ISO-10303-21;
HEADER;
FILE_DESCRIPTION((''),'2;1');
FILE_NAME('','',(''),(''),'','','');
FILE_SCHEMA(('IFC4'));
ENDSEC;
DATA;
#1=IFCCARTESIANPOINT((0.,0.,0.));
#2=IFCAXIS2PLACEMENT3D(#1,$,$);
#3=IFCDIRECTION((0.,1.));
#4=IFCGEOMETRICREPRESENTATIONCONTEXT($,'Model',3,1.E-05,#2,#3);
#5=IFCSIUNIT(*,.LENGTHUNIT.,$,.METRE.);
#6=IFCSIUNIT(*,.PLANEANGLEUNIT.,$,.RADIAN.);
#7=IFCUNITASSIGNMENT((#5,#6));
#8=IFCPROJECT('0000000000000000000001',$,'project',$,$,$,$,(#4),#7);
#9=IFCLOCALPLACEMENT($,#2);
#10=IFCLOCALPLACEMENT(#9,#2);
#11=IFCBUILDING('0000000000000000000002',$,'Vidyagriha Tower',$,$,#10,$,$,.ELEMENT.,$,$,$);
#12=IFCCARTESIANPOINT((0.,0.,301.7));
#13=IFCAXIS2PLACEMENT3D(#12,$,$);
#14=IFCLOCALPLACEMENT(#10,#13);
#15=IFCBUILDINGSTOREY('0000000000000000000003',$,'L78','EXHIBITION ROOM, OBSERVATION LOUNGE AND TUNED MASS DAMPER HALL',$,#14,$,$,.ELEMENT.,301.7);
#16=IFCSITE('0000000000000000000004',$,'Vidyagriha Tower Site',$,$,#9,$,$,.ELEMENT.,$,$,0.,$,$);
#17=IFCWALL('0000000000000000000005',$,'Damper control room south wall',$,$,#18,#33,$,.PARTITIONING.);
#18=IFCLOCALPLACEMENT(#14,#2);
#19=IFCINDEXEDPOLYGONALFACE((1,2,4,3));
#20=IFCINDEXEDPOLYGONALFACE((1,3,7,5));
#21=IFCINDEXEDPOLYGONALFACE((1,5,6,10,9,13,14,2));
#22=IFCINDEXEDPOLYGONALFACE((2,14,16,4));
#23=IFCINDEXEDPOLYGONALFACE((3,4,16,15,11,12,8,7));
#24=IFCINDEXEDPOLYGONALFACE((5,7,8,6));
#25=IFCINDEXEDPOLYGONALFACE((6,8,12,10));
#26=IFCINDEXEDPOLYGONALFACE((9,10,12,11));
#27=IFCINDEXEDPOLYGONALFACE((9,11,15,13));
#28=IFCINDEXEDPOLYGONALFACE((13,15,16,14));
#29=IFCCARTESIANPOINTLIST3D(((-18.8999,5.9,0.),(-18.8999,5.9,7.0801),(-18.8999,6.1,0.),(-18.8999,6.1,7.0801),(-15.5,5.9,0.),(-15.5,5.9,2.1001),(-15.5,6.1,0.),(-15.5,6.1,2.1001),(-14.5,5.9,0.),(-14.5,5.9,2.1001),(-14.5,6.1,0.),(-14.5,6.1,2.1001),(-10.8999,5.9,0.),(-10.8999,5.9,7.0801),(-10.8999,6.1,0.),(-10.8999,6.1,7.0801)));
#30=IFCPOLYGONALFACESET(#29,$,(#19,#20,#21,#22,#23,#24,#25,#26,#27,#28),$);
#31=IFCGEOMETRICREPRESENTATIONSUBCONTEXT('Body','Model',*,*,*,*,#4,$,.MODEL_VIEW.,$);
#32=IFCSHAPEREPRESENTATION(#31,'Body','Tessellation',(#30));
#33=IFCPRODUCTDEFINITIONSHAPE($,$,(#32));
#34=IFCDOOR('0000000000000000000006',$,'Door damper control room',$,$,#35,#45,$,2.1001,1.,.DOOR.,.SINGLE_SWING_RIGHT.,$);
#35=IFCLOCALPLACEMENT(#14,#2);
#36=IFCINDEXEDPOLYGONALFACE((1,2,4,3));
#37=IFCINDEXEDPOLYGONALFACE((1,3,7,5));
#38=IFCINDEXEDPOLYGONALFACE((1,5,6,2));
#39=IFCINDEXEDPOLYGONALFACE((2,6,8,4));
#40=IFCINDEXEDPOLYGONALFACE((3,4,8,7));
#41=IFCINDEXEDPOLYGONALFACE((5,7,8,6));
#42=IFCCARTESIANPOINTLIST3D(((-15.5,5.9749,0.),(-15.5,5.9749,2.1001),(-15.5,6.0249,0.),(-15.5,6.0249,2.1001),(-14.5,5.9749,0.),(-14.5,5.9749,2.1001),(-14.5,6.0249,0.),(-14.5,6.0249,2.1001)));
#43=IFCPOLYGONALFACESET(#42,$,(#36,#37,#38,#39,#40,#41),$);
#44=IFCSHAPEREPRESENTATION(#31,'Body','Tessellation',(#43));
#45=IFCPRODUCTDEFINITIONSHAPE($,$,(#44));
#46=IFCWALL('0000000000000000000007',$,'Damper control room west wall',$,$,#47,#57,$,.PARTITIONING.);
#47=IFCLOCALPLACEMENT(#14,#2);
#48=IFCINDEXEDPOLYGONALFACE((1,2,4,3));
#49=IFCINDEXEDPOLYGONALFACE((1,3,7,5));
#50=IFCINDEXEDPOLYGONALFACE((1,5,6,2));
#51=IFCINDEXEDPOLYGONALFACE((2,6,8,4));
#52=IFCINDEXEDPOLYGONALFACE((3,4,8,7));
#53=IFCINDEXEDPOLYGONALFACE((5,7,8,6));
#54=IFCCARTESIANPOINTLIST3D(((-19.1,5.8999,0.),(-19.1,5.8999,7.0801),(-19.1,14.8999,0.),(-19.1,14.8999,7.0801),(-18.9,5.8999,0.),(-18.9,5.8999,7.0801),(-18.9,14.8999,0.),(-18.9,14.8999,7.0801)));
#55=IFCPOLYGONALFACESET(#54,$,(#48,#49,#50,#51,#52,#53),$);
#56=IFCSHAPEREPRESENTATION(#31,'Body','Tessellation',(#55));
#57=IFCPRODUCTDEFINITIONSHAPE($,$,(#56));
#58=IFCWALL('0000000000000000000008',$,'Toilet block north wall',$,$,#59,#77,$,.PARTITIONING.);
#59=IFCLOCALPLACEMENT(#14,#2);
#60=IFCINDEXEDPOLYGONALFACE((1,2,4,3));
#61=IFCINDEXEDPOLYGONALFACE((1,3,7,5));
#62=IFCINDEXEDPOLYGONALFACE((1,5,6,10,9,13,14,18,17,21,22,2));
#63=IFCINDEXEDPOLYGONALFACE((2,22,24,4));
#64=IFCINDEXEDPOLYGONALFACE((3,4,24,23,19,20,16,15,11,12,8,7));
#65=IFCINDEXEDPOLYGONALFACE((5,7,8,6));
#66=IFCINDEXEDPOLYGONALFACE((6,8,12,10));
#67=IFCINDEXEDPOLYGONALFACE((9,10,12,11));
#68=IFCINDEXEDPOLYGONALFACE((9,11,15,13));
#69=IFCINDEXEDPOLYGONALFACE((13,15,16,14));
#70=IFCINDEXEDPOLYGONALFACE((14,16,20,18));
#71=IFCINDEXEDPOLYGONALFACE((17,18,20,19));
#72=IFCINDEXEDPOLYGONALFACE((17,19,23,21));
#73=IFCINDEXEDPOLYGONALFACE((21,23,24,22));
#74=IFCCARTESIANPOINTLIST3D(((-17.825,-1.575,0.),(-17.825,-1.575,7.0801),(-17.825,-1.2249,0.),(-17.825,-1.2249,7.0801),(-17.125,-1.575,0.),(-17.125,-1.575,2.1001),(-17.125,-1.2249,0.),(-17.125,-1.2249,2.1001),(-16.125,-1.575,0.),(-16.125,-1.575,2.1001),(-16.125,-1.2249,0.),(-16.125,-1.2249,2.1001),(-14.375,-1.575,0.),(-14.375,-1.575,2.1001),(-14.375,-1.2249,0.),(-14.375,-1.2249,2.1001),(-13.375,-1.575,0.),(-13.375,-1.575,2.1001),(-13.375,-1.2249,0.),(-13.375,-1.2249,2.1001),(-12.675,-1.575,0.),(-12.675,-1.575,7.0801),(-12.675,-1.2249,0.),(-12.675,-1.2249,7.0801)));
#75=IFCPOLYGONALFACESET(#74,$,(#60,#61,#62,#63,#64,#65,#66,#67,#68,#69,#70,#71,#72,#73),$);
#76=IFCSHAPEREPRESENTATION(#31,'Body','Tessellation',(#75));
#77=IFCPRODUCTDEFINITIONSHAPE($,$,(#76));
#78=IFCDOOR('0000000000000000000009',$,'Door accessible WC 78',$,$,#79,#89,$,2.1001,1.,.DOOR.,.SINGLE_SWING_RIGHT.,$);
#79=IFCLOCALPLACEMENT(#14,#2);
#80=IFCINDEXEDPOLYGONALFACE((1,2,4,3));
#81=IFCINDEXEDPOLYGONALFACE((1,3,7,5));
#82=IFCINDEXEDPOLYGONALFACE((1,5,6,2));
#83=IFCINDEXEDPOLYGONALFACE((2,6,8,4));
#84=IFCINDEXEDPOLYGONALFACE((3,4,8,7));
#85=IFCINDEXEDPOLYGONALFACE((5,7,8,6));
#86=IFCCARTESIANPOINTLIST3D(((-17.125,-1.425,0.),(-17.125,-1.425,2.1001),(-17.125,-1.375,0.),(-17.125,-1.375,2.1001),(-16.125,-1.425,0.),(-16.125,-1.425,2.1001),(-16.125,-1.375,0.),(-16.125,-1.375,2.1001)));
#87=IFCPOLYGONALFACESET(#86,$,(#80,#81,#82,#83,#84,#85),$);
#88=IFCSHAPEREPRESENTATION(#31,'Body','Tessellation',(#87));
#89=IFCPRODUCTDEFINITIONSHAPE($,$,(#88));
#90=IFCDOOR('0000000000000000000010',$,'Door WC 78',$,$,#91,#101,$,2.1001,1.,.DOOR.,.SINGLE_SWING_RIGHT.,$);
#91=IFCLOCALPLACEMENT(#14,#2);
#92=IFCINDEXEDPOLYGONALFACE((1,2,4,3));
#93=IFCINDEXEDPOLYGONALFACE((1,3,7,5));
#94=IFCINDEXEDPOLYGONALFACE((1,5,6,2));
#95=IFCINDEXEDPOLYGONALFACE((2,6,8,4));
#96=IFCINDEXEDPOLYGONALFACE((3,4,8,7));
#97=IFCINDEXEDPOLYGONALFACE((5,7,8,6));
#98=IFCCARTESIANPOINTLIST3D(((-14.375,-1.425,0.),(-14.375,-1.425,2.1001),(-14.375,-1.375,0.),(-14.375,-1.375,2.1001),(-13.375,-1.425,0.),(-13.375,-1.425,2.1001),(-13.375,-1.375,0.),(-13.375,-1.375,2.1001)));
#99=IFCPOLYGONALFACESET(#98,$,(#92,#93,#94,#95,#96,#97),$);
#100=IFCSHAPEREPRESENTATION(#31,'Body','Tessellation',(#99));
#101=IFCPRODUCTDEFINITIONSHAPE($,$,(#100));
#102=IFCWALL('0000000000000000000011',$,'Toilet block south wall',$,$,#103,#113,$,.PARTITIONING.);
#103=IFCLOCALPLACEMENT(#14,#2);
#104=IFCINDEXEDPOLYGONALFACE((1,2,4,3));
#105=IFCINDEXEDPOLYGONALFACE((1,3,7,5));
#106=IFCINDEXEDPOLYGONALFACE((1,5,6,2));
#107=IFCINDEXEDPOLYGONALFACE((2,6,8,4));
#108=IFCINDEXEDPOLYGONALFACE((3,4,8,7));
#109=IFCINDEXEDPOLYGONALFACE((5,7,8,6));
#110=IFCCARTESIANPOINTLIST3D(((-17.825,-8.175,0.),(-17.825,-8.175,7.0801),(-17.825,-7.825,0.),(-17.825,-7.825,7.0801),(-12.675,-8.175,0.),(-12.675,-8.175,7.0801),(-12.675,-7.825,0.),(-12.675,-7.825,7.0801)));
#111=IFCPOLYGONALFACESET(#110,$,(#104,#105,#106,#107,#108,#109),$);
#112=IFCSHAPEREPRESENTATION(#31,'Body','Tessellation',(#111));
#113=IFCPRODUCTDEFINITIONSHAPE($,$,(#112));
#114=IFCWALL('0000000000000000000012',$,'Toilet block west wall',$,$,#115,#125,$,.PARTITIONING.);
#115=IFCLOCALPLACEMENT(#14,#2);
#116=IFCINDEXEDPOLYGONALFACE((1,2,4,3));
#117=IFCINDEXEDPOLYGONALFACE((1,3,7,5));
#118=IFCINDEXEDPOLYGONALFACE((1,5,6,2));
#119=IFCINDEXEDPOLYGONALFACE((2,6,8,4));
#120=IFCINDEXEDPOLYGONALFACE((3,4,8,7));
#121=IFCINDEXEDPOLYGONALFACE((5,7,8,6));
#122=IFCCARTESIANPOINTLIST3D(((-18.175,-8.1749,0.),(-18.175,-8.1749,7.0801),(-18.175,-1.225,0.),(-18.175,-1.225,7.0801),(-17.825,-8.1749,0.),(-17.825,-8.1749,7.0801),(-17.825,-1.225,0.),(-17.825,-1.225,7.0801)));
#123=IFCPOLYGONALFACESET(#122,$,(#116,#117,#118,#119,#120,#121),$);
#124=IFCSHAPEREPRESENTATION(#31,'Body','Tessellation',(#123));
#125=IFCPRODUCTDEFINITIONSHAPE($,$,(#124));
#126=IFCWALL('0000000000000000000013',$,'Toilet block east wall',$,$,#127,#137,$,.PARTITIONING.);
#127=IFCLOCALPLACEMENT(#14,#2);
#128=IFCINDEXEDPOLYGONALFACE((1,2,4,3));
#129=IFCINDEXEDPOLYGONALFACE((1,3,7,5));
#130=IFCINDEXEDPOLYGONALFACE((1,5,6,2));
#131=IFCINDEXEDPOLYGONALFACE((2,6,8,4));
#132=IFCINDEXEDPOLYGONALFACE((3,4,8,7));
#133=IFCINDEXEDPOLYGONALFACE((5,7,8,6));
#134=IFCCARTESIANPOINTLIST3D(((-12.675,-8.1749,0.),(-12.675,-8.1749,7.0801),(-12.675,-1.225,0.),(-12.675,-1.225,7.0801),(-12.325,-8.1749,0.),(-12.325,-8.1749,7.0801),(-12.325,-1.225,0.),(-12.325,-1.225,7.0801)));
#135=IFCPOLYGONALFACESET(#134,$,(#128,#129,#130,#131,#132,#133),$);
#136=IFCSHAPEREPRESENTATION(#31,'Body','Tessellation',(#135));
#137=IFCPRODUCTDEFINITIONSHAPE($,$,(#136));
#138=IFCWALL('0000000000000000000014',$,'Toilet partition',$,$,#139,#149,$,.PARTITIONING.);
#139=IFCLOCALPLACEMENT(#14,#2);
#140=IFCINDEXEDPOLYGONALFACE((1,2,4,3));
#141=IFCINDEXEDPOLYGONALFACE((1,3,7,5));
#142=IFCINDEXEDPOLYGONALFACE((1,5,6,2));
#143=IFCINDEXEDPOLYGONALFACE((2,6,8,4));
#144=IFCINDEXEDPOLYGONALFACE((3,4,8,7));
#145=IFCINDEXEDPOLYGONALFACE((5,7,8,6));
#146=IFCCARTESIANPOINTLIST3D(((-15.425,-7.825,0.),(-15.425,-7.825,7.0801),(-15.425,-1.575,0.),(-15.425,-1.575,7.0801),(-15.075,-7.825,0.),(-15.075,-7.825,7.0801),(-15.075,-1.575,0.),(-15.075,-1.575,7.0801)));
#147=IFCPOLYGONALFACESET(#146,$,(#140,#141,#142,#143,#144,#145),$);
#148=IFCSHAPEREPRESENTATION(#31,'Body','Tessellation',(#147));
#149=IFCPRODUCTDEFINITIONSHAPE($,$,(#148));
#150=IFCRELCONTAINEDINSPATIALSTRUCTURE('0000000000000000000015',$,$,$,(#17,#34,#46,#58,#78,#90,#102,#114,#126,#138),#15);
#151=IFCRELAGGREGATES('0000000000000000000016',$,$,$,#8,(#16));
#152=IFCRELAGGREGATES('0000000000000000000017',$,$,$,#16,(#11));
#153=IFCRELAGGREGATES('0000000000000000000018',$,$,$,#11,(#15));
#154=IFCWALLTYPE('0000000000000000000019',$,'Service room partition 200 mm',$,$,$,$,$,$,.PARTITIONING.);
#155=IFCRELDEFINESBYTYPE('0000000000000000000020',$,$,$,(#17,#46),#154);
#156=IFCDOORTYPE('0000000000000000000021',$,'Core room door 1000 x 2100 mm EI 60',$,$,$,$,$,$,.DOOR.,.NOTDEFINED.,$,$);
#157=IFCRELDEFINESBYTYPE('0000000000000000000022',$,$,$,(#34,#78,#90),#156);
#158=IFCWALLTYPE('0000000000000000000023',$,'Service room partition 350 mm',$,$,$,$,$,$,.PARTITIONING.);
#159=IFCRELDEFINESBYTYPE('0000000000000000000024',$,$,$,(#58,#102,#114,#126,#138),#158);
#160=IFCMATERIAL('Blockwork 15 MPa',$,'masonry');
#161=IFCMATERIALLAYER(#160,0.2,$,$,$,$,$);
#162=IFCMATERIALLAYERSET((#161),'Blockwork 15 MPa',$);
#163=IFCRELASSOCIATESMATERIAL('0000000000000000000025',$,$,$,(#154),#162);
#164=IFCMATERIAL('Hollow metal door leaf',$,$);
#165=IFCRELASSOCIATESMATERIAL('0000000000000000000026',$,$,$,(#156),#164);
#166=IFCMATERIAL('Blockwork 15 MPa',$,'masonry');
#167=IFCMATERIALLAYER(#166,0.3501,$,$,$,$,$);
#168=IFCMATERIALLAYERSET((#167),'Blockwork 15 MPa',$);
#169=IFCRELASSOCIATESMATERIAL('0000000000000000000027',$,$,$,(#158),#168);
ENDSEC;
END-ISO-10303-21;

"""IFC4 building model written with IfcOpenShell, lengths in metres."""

from ifc_helpers import new_model, si_unit, direction, frame, frame_2d, origin, place, context, subcontext, project, spatial, rectangle, extrude, material, layer, layer_set, type_object, element, fill, save


model = new_model("IFC4")

# Units and contexts
model_context = context("Model", 3, precision=1e-05, world=origin(), true_north=direction((0.0, 1.0)))
body_context = subcontext(model_context, "Body", "Model", "MODEL_VIEW")
ifc_project = project(units=[si_unit("LENGTHUNIT", "METRE"), si_unit("PLANEANGLEUNIT", "RADIAN")], contexts=[model_context])

# Site, building, storey
site_placement = place(None, origin())
site = spatial("IfcSite", under=ifc_project, at=site_placement, Name="Vidyagriha Tower Site", CompositionType="ELEMENT", RefElevation=0.0)
building_placement = place(site_placement, origin())
building = spatial("IfcBuilding", under=site, at=building_placement, Name="Vidyagriha Tower", CompositionType="ELEMENT")
storey_placement = place(building_placement, frame((0.0, 0.0, 301.7)))
storey = spatial("IfcBuildingStorey", under=building, at=storey_placement, Name="L78", Description="EXHIBITION ROOM, OBSERVATION LOUNGE AND TUNED MASS DAMPER HALL", CompositionType="ELEMENT", Elevation=301.7)

# Shared definitions
ifc_material_1 = material(Name="Blockwork 15 MPa", Category="masonry")
ifc_layer_1 = layer(ifc_material_1, 0.2)
ifc_layer_set_1 = layer_set([ifc_layer_1], Name="Blockwork 15 MPa")
wall_type_1 = type_object("IfcWallType", Name="Service room partition 200 mm", PredefinedType="PARTITIONING", material=ifc_layer_set_1)

# Wall, opening, door
wall_1_placement = place(storey_placement, frame((-18.8999, 6.0, 0.0)))
wall_1 = element("IfcWall", 1, at=wall_1_placement, inside=storey, type_object=wall_type_1, Name="Damper control room south wall", PredefinedType="PARTITIONING", context=body_context, shape_type="SweptSolid", body=[
    extrude(rectangle(XDim=8.0, YDim=0.2, at=frame_2d((4.0, 0.0))), origin(), (0.0, 0.0, 1.0), 7.0801),
])
opening_1_placement = place(wall_1_placement, frame((3.3999, 0.0, 0.0)))
opening_1 = element("IfcOpeningElement", 2, at=opening_1_placement, cuts=wall_1, PredefinedType="OPENING", context=body_context, shape_type="SweptSolid", body=[
    extrude(rectangle(XDim=1.0, YDim=2.1001, at=frame_2d((0.5, 1.05))), frame((0.0, 0.1099, 0.0), z_axis=(0.0, -1.0, 0.0), x_axis=(1.0, 0.0, 0.0)), (0.0, 0.0, 1.0), 0.22),
])
ifc_material_2 = material(Name="Hollow metal door leaf")
door_type_1 = type_object("IfcDoorType", Name="Core room door 1000 x 2100 mm EI 60", OperationType="NOTDEFINED", PredefinedType="DOOR", material=ifc_material_2)
door_1_placement = place(opening_1_placement, origin())
door_1 = element("IfcDoor", 3, at=door_1_placement, inside=storey, type_object=door_type_1, Name="Door damper control room", OperationType="SINGLE_SWING_RIGHT", OverallHeight=2.1001, OverallWidth=1.0, PredefinedType="DOOR", context=body_context, shape_type="SweptSolid", body=[
    extrude(rectangle(XDim=1.0, YDim=2.1001, at=frame_2d((0.5, 1.05))), frame((0.0, 0.0249, 0.0), z_axis=(0.0, -1.0, 0.0), x_axis=(1.0, 0.0, 0.0)), (0.0, 0.0, 1.0), 0.05),
])
fill(opening_1, door_1)

# Wall
wall_2_placement = place(storey_placement, frame((-19.0, 5.8999, 0.0), z_axis=(0.0, 0.0, 1.0), x_axis=(0.0, 1.0, 0.0)))
element("IfcWall", 4, at=wall_2_placement, inside=storey, type_object=wall_type_1, Name="Damper control room west wall", PredefinedType="PARTITIONING", context=body_context, shape_type="SweptSolid", body=[
    extrude(rectangle(XDim=9.0, YDim=0.2, at=frame_2d((4.5, 0.0))), origin(), (0.0, 0.0, 1.0), 7.0801),
])

# Wall, openings, doors
ifc_material_3 = material(Name="Blockwork 15 MPa", Category="masonry")
ifc_layer_2 = layer(ifc_material_3, 0.3501)
ifc_layer_set_2 = layer_set([ifc_layer_2], Name="Blockwork 15 MPa")
wall_type_2 = type_object("IfcWallType", Name="Service room partition 350 mm", PredefinedType="PARTITIONING", material=ifc_layer_set_2)
wall_3_placement = place(storey_placement, frame((-17.825, -1.3999, 0.0)))
wall_3 = element("IfcWall", 5, at=wall_3_placement, inside=storey, type_object=wall_type_2, Name="Toilet block north wall", PredefinedType="PARTITIONING", context=body_context, shape_type="SweptSolid", body=[
    extrude(rectangle(XDim=5.1499, YDim=0.3501, at=frame_2d((2.575, 0.0))), origin(), (0.0, 0.0, 1.0), 7.0801),
])
opening_2_placement = place(wall_3_placement, frame((0.7, 0.0, 0.0)))
opening_2 = element("IfcOpeningElement", 6, at=opening_2_placement, cuts=wall_3, PredefinedType="OPENING", context=body_context, shape_type="SweptSolid", body=[
    extrude(rectangle(XDim=1.0, YDim=2.1001, at=frame_2d((0.5, 1.05))), frame((0.0, 0.1851, 0.0), z_axis=(0.0, -1.0, 0.0), x_axis=(1.0, 0.0, 0.0)), (0.0, 0.0, 1.0), 0.3701),
])
opening_3_placement = place(wall_3_placement, frame((3.45, 0.0, 0.0)))
opening_3 = element("IfcOpeningElement", 7, at=opening_3_placement, cuts=wall_3, PredefinedType="OPENING", context=body_context, shape_type="SweptSolid", body=[
    extrude(rectangle(XDim=1.0, YDim=2.1001, at=frame_2d((0.5, 1.05))), frame((0.0, 0.1851, 0.0), z_axis=(0.0, -1.0, 0.0), x_axis=(1.0, 0.0, 0.0)), (0.0, 0.0, 1.0), 0.3701),
])
door_2_placement = place(opening_2_placement, origin())
door_2 = element("IfcDoor", 8, at=door_2_placement, inside=storey, type_object=door_type_1, Name="Door accessible WC 78", OperationType="SINGLE_SWING_RIGHT", OverallHeight=2.1001, OverallWidth=1.0, PredefinedType="DOOR", context=body_context, shape_type="SweptSolid", body=[
    extrude(rectangle(XDim=1.0, YDim=2.1001, at=frame_2d((0.5, 1.05))), frame((0.0, 0.0249, 0.0), z_axis=(0.0, -1.0, 0.0), x_axis=(1.0, 0.0, 0.0)), (0.0, 0.0, 1.0), 0.05),
])
fill(opening_2, door_2)
door_3_placement = place(opening_3_placement, origin())
door_3 = element("IfcDoor", 9, at=door_3_placement, inside=storey, type_object=door_type_1, Name="Door WC 78", OperationType="SINGLE_SWING_RIGHT", OverallHeight=2.1001, OverallWidth=1.0, PredefinedType="DOOR", context=body_context, shape_type="SweptSolid", body=[
    extrude(rectangle(XDim=1.0, YDim=2.1001, at=frame_2d((0.5, 1.05))), frame((0.0, 0.0249, 0.0), z_axis=(0.0, -1.0, 0.0), x_axis=(1.0, 0.0, 0.0)), (0.0, 0.0, 1.0), 0.05),
])
fill(opening_3, door_3)

# Walls
wall_4_placement = place(storey_placement, frame((-17.825, -8.0, 0.0)))
element("IfcWall", 10, at=wall_4_placement, inside=storey, type_object=wall_type_2, Name="Toilet block south wall", PredefinedType="PARTITIONING", context=body_context, shape_type="SweptSolid", body=[
    extrude(rectangle(XDim=5.1499, YDim=0.3501, at=frame_2d((2.575, 0.0))), origin(), (0.0, 0.0, 1.0), 7.0801),
])
for number, where, z_axis, x_axis, name in (
    (11, (-18.0, -8.175, 0.0), (0.0, 0.0, 1.0), (0.0, 1.0, 0.0), "Toilet block west wall"),
    (12, (-12.5, -8.175, 0.0), (0.0, 0.0, 1.0), (0.0, 1.0, 0.0), "Toilet block east wall"),
):
    element("IfcWall", number, at=place(storey_placement, frame(where, z_axis=z_axis, x_axis=x_axis)), inside=storey, type_object=wall_type_2, Name=name, PredefinedType="PARTITIONING", context=body_context, shape_type="SweptSolid", body=[
        extrude(rectangle(XDim=6.95, YDim=0.3501, at=frame_2d((3.4751, 0.0))), origin(), (0.0, 0.0, 1.0), 7.0801),
    ])
wall_5_placement = place(storey_placement, frame((-15.25, -7.825, 0.0), z_axis=(0.0, 0.0, 1.0), x_axis=(0.0, 1.0, 0.0)))
element("IfcWall", 13, at=wall_5_placement, inside=storey, type_object=wall_type_2, Name="Toilet partition", PredefinedType="PARTITIONING", context=body_context, shape_type="SweptSolid", body=[
    extrude(rectangle(XDim=6.25, YDim=0.3501, at=frame_2d((3.125, 0.0))), origin(), (0.0, 0.0, 1.0), 7.0801),
])

save(model, "model.ifc")
